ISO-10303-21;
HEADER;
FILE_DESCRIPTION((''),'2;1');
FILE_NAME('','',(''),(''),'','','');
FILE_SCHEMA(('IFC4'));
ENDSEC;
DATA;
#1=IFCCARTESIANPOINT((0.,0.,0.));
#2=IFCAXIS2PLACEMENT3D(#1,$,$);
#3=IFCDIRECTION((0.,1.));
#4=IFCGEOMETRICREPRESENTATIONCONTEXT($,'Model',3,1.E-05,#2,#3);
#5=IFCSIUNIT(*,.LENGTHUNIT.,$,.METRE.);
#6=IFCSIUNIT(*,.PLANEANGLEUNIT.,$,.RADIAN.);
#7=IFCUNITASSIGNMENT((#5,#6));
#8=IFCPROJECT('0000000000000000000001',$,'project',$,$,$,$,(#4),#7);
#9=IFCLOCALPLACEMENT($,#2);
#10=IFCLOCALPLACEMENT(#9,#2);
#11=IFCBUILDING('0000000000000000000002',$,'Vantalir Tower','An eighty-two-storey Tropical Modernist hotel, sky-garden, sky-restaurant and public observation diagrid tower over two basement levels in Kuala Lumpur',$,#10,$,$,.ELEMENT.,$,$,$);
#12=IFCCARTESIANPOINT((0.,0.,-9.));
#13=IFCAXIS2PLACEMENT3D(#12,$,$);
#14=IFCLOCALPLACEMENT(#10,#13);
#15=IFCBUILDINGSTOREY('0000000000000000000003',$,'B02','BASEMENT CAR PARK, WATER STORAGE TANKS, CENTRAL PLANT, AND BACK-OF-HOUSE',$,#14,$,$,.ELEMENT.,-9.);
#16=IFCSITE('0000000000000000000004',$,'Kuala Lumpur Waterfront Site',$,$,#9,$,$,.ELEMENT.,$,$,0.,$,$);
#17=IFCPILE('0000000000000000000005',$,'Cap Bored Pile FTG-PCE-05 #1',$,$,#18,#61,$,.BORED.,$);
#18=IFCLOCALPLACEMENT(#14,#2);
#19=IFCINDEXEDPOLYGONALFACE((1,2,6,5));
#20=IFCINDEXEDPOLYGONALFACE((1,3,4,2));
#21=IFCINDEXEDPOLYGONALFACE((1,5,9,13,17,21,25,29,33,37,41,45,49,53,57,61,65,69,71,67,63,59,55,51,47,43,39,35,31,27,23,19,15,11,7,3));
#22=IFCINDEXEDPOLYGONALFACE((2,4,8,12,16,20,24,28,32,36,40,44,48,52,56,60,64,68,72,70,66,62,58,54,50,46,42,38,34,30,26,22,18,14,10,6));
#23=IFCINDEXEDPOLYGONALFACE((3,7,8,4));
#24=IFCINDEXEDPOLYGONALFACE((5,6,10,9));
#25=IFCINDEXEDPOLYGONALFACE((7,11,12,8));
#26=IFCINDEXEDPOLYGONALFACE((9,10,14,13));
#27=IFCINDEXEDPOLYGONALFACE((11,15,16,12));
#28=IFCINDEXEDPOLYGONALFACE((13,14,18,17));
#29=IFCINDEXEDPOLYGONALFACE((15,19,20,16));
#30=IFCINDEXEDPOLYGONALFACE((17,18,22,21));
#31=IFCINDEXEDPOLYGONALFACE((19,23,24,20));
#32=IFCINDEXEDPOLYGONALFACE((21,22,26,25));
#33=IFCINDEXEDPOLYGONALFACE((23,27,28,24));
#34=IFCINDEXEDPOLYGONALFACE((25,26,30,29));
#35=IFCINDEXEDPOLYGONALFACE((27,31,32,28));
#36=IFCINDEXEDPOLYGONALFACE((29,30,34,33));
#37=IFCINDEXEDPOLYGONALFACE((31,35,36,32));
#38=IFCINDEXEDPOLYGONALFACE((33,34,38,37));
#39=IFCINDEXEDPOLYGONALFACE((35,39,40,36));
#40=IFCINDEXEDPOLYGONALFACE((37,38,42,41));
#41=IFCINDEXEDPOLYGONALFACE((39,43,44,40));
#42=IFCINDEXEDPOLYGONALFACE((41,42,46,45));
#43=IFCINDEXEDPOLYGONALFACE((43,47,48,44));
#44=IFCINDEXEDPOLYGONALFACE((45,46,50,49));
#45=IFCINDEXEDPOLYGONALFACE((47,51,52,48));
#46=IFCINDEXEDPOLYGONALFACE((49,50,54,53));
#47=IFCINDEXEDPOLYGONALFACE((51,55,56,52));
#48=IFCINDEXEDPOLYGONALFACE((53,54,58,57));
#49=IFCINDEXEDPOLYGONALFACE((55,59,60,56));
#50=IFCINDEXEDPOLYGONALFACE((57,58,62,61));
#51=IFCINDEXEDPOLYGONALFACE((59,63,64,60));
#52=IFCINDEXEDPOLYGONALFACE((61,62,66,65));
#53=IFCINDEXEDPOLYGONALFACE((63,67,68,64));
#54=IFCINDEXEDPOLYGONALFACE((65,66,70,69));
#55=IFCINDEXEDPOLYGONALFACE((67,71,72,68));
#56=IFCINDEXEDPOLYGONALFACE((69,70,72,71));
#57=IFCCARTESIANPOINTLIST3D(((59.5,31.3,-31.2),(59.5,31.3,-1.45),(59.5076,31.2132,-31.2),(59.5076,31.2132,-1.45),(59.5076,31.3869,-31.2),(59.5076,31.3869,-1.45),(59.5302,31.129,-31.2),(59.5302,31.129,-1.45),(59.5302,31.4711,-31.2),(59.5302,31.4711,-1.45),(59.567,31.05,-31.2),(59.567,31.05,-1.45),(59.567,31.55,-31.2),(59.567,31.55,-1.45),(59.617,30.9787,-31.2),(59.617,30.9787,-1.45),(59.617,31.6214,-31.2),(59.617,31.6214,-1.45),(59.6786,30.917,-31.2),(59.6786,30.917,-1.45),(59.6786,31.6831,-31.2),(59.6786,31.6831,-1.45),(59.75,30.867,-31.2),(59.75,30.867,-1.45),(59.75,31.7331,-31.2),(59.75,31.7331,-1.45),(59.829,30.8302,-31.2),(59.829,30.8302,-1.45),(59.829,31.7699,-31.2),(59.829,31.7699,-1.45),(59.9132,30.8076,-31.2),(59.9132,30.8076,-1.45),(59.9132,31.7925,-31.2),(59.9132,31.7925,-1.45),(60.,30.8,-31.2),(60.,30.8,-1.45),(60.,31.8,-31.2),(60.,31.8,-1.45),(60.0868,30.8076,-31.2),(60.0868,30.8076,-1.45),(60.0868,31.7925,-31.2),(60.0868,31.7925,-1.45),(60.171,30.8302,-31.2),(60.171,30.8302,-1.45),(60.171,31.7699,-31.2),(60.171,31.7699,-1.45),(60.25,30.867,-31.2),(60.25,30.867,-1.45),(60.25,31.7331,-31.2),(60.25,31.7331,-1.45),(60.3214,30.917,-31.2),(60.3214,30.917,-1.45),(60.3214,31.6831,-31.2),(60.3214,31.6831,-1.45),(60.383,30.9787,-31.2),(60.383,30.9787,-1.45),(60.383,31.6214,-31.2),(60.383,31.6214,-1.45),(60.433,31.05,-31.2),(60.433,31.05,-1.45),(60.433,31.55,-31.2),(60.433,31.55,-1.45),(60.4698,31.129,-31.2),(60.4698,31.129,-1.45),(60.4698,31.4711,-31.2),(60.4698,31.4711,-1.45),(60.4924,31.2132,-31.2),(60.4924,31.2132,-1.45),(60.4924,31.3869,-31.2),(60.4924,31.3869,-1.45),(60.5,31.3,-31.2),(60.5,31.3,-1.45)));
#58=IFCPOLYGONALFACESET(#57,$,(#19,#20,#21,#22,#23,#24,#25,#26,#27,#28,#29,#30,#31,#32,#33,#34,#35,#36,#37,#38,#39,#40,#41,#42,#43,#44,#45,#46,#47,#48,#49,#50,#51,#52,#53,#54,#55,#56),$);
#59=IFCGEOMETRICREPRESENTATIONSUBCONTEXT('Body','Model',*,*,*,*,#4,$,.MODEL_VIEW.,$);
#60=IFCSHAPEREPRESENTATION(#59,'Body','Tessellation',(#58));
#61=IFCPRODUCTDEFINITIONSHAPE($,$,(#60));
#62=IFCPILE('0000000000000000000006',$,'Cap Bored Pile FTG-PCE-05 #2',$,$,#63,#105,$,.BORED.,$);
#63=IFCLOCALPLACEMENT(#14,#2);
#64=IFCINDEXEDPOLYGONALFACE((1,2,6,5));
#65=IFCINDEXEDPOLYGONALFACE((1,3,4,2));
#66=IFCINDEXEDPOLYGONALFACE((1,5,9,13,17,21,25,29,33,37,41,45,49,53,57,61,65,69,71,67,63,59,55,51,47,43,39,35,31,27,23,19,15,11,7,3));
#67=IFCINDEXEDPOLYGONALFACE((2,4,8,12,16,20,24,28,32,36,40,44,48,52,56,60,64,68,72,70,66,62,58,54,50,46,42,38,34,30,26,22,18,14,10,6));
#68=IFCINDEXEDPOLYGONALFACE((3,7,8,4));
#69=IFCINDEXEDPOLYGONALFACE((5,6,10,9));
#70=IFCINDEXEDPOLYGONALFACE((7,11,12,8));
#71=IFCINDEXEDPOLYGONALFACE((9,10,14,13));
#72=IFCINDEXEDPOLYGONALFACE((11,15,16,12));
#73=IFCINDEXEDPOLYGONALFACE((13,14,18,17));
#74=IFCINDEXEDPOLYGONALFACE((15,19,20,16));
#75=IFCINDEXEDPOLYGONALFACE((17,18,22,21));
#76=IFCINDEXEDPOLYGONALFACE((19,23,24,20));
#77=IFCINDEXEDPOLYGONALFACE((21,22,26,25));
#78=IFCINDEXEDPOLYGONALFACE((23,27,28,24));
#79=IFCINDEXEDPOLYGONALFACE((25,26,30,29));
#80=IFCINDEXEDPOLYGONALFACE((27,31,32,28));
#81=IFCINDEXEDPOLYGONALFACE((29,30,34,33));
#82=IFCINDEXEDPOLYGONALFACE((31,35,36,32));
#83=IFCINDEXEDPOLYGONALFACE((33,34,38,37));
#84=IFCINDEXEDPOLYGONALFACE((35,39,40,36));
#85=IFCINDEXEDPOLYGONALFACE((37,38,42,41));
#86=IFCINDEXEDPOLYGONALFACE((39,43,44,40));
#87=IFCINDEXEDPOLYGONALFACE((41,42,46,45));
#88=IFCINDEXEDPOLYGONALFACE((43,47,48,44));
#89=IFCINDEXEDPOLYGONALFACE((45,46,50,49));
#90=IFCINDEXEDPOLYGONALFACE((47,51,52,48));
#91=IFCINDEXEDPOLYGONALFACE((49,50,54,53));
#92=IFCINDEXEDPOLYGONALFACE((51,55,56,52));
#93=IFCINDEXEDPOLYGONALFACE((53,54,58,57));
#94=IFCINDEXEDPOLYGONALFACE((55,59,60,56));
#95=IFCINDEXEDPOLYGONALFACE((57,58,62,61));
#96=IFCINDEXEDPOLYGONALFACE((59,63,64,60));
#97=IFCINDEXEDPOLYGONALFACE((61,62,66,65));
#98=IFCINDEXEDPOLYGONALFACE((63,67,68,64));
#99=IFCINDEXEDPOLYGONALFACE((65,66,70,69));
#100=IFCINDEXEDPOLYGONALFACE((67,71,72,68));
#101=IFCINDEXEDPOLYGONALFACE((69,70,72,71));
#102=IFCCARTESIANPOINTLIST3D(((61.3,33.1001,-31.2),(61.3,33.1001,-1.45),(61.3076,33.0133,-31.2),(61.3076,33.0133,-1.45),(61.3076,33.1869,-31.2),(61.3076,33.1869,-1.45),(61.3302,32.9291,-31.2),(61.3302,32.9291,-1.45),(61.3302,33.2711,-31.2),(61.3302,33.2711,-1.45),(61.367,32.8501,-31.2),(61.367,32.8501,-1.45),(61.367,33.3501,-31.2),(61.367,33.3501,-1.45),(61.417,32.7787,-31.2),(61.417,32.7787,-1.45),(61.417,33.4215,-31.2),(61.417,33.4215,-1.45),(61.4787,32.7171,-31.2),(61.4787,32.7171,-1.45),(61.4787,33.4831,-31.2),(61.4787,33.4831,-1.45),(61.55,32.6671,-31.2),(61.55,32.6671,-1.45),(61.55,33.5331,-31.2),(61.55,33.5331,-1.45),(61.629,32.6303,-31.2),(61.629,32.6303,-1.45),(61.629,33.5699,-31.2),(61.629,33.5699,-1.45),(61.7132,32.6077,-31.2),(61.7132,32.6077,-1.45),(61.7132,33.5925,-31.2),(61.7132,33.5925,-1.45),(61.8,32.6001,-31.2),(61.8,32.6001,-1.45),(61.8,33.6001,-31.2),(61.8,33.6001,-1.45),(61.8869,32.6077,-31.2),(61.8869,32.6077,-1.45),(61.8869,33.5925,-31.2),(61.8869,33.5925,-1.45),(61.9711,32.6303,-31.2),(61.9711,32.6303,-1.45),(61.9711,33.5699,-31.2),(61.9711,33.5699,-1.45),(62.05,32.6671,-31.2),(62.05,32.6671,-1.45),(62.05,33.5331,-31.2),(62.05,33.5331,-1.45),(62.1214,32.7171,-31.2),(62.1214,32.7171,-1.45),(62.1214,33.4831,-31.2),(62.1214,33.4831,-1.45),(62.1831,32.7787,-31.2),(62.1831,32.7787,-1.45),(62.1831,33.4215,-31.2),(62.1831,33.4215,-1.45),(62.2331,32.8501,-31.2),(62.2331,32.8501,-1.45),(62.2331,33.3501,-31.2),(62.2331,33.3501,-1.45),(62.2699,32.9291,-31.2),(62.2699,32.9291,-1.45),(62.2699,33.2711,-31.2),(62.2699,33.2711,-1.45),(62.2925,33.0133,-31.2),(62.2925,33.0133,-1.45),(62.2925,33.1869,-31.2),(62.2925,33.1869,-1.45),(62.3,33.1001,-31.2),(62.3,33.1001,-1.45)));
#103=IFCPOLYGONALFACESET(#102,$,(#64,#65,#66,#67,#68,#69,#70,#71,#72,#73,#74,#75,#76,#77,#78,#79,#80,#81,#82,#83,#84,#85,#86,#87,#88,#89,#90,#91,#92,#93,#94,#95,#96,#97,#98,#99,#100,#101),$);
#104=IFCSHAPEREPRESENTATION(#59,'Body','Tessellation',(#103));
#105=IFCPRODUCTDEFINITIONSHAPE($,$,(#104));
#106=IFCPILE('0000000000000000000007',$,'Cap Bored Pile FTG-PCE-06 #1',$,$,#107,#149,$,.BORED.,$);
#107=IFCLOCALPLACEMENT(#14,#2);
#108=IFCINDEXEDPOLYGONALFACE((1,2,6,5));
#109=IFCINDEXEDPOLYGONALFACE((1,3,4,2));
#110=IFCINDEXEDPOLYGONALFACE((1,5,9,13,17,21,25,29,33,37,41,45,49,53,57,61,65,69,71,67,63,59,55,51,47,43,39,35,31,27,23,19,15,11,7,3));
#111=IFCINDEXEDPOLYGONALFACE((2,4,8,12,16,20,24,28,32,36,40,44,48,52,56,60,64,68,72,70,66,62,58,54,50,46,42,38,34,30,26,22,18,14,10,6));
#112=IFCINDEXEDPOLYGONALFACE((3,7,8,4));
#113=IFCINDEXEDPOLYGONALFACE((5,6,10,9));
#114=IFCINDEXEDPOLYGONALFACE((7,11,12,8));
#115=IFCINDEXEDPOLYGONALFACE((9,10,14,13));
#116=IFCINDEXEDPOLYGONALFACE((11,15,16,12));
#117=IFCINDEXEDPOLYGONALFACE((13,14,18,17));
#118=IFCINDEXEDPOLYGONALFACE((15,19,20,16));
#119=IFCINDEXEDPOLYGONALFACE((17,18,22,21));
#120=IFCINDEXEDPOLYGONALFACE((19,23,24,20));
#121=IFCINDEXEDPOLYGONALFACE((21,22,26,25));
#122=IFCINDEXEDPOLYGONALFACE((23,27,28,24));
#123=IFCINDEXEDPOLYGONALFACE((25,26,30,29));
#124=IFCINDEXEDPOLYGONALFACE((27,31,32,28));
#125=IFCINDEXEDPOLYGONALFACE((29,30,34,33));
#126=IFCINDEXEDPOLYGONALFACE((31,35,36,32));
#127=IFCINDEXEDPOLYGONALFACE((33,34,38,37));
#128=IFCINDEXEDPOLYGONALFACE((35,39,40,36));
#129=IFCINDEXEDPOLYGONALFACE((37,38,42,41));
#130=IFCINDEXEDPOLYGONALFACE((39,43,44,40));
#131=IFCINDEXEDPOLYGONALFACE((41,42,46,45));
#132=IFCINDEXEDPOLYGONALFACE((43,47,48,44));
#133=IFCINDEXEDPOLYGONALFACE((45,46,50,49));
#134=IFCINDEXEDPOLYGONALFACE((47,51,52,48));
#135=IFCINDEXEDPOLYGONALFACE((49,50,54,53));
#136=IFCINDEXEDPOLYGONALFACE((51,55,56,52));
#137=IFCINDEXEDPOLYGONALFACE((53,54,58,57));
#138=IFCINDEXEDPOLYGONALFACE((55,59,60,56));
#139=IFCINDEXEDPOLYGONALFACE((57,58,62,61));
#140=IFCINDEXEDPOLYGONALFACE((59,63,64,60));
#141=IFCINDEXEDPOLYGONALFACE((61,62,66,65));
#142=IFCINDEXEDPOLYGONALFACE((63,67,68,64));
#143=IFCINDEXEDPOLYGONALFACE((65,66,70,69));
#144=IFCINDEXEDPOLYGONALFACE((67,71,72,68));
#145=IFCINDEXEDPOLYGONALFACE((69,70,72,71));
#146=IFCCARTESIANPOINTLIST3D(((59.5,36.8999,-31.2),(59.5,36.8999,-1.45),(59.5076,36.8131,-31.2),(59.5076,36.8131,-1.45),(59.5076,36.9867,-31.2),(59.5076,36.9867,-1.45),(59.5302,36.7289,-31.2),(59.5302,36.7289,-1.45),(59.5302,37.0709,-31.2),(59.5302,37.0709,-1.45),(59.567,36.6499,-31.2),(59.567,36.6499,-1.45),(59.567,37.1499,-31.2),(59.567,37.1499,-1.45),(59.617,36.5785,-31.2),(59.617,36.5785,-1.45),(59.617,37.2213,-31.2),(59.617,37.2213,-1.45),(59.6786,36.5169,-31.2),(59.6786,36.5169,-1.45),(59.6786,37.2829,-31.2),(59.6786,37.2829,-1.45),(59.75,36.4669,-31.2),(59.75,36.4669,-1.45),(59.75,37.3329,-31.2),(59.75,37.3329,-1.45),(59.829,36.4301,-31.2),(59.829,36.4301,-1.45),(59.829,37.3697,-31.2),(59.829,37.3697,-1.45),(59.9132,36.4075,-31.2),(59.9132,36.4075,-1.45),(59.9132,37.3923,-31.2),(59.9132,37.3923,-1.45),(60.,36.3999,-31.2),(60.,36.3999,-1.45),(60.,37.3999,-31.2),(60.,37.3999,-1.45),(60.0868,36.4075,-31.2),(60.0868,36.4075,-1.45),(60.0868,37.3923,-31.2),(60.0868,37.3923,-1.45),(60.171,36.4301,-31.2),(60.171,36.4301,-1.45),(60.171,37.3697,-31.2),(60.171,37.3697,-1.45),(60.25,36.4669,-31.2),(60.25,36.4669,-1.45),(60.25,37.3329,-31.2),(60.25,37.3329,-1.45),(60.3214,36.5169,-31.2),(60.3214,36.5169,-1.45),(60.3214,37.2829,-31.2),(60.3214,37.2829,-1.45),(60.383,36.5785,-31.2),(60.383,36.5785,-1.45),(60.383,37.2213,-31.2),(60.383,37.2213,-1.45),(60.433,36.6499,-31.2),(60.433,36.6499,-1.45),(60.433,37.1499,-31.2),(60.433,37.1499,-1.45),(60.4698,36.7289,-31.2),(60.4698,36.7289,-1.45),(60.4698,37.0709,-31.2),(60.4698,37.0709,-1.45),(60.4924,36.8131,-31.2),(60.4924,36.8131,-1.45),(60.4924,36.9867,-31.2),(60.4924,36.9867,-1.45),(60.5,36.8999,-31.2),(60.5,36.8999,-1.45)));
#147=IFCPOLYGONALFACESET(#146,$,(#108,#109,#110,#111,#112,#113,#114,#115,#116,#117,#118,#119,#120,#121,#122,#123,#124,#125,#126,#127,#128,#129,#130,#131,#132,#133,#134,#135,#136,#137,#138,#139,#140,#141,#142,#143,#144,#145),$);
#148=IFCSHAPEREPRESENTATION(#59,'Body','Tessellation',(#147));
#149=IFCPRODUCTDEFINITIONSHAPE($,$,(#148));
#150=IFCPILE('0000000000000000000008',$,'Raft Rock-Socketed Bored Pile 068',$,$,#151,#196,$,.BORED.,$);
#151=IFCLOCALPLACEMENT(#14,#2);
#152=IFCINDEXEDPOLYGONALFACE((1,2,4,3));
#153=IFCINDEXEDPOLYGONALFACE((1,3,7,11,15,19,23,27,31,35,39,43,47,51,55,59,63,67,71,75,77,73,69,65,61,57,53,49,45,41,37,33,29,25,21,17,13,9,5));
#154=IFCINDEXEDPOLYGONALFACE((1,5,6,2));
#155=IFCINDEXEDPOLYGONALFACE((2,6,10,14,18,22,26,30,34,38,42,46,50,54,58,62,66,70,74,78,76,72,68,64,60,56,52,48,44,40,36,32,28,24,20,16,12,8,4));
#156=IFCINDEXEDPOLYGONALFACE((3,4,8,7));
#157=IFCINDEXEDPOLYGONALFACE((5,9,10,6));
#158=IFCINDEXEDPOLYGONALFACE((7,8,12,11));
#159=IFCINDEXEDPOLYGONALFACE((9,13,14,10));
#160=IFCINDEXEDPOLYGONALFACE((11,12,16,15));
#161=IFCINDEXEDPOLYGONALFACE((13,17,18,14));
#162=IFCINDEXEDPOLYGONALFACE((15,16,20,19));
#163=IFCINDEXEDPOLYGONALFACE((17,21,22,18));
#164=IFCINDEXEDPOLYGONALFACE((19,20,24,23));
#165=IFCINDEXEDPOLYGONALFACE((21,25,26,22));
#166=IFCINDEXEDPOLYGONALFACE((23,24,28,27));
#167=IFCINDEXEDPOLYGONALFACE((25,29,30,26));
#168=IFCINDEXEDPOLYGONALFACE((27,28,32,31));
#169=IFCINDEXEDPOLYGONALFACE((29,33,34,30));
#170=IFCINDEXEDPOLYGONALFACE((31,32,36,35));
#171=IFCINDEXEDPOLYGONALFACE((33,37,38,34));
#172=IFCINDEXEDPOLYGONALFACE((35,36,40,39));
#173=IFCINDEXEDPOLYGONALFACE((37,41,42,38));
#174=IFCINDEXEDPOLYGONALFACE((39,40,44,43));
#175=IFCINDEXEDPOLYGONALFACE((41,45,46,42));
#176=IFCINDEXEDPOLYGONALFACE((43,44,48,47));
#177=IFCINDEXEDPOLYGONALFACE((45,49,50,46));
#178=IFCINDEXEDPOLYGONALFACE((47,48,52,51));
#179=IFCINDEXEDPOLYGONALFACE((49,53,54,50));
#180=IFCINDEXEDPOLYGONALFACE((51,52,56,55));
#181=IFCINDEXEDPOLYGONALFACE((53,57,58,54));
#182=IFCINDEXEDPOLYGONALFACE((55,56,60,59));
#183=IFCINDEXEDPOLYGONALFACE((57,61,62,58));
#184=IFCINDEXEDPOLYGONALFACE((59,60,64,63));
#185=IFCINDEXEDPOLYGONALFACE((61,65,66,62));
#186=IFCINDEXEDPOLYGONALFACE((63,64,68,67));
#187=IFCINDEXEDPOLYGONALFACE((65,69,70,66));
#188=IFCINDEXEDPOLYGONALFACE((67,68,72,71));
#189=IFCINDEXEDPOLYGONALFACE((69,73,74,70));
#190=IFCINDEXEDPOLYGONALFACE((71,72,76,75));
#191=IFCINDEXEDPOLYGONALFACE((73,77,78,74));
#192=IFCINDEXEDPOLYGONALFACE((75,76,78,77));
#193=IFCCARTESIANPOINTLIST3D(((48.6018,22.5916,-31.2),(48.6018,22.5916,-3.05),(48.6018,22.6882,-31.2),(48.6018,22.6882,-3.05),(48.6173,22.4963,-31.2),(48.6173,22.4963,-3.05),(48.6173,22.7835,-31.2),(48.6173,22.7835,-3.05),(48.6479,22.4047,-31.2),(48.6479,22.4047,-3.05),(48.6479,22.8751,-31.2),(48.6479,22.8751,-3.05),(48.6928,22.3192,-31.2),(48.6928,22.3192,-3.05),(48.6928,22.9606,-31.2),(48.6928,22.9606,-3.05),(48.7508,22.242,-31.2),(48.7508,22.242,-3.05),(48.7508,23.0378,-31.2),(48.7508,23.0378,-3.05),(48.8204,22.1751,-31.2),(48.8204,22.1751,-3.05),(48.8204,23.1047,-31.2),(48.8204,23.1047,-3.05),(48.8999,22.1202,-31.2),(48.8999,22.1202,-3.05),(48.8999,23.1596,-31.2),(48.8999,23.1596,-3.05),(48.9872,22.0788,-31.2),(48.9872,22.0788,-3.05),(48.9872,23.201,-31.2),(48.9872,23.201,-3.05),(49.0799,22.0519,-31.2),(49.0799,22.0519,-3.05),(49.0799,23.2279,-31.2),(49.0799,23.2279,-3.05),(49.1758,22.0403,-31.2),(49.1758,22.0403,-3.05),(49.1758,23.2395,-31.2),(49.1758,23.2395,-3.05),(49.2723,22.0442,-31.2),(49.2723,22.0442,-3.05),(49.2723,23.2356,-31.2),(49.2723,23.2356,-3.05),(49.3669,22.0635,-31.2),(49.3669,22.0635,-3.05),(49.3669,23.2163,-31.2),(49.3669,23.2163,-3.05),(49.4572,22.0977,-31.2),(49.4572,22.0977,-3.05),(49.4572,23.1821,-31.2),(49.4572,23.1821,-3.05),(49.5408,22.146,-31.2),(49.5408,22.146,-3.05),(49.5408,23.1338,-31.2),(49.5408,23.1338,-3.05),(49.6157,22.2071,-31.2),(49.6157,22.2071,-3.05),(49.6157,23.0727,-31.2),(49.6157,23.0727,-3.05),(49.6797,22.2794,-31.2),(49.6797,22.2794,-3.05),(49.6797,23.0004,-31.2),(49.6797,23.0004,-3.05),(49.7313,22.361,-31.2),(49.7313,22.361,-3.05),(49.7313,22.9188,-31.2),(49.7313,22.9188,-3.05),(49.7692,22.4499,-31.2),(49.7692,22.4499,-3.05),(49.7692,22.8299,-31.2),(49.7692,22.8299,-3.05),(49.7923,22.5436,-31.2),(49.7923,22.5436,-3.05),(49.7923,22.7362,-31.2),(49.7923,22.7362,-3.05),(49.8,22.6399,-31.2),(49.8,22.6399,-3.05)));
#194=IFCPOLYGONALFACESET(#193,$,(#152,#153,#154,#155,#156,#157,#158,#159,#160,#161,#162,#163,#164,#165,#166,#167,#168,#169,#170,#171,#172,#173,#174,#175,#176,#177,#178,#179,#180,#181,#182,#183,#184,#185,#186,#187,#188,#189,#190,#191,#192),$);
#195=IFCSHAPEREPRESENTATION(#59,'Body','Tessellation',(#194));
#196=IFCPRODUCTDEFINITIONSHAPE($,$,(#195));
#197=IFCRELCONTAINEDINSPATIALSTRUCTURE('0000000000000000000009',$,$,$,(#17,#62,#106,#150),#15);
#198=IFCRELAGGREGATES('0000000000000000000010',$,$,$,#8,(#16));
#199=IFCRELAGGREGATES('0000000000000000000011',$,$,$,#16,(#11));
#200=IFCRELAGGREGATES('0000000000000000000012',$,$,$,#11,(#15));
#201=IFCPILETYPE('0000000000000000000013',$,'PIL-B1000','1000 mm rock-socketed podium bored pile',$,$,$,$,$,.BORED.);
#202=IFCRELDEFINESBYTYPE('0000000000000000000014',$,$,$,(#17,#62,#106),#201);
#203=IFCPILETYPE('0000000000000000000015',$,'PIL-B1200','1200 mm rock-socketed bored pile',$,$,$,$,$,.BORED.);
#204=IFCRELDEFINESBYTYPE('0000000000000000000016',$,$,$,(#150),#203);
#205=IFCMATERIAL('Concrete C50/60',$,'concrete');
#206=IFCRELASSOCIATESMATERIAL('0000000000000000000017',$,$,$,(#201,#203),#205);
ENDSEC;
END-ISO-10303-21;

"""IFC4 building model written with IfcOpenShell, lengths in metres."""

from ifc_helpers import new_model, si_unit, direction, frame, origin, origin_2d, place, context, subcontext, project, spatial, circle, extrude, material, material_profile, profile_set, type_object, element, save


model = new_model("IFC4")

# Units and contexts
model_context = context("Model", 3, precision=1e-05, world=origin(), true_north=direction((0.0, 1.0)))
body_context = subcontext(model_context, "Body", "Model", "MODEL_VIEW")
ifc_project = project(units=[si_unit("LENGTHUNIT", "METRE"), si_unit("PLANEANGLEUNIT", "RADIAN")], contexts=[model_context])

# Site, building, storey
site_placement = place(None, origin())
site = spatial("IfcSite", under=ifc_project, at=site_placement, Name="Kuala Lumpur Waterfront Site", CompositionType="ELEMENT", RefElevation=0.0)
building_placement = place(site_placement, origin())
building = spatial("IfcBuilding", under=site, at=building_placement, Name="Vantalir Tower", Description="An eighty-two-storey Tropical Modernist hotel, sky-garden, sky-restaurant and public observation diagrid tower over two basement levels in Kuala Lumpur", CompositionType="ELEMENT")
storey_placement = place(building_placement, frame((0.0, 0.0, -9.0)))
storey = spatial("IfcBuildingStorey", under=building, at=storey_placement, Name="B02", Description="BASEMENT CAR PARK, WATER STORAGE TANKS, CENTRAL PLANT, AND BACK-OF-HOUSE", CompositionType="ELEMENT", Elevation=-9.0)

# Shared definitions
ifc_material_1 = material(Name="Concrete C50/60", Category="concrete")

# Piles
ifc_material_profile_1 = material_profile(ifc_material_1, circle(Radius=0.5, at=origin_2d()), Name="Concrete C50/60")
ifc_profile_set_1 = profile_set([ifc_material_profile_1], Name="Concrete C50/60")
pile_type_1 = type_object("IfcPileType", Name="PIL-B1000", Description="1000 mm rock-socketed podium bored pile", PredefinedType="BORED", material=ifc_profile_set_1)
for number, where, z_axis, x_axis, name in (
    (1, (60.0, 31.3, -1.45), (0.0, 0.0, -1.0), (1.0, 0.0, 0.0), "Cap Bored Pile FTG-PCE-05 #1"),
    (2, (61.8, 33.1001, -1.45), (0.0, 0.0, -1.0), (1.0, 0.0, 0.0), "Cap Bored Pile FTG-PCE-05 #2"),
    (3, (60.0, 36.8999, -1.45), (0.0, 0.0, -1.0), (1.0, 0.0, 0.0), "Cap Bored Pile FTG-PCE-06 #1"),
):
    element("IfcPile", number, at=place(storey_placement, frame(where, z_axis=z_axis, x_axis=x_axis)), inside=storey, type_object=pile_type_1, Name=name, PredefinedType="BORED", context=body_context, shape_type="SweptSolid", body=[
        extrude(circle(Radius=0.5, at=origin_2d()), origin(), (0.0, 0.0, 1.0), 29.75),
    ])
ifc_material_profile_2 = material_profile(ifc_material_1, circle(Radius=0.6001, at=origin_2d()), Name="Concrete C50/60")
ifc_profile_set_2 = profile_set([ifc_material_profile_2], Name="Concrete C50/60")
pile_type_2 = type_object("IfcPileType", Name="PIL-B1200", Description="1200 mm rock-socketed bored pile", PredefinedType="BORED", material=ifc_profile_set_2)
for number, where, z_axis, x_axis, name in (
    (4, (49.2, 22.6399, -3.05), (0.0, 0.0, -1.0), (1.0, 0.0, 0.0), "Raft Rock-Socketed Bored Pile 068"),
):
    element("IfcPile", number, at=place(storey_placement, frame(where, z_axis=z_axis, x_axis=x_axis)), inside=storey, type_object=pile_type_2, Name=name, PredefinedType="BORED", context=body_context, shape_type="SweptSolid", body=[
        extrude(circle(Radius=0.6001, at=origin_2d()), origin(), (0.0, 0.0, 1.0), 28.1499),
    ])

save(model, "model.ifc")
